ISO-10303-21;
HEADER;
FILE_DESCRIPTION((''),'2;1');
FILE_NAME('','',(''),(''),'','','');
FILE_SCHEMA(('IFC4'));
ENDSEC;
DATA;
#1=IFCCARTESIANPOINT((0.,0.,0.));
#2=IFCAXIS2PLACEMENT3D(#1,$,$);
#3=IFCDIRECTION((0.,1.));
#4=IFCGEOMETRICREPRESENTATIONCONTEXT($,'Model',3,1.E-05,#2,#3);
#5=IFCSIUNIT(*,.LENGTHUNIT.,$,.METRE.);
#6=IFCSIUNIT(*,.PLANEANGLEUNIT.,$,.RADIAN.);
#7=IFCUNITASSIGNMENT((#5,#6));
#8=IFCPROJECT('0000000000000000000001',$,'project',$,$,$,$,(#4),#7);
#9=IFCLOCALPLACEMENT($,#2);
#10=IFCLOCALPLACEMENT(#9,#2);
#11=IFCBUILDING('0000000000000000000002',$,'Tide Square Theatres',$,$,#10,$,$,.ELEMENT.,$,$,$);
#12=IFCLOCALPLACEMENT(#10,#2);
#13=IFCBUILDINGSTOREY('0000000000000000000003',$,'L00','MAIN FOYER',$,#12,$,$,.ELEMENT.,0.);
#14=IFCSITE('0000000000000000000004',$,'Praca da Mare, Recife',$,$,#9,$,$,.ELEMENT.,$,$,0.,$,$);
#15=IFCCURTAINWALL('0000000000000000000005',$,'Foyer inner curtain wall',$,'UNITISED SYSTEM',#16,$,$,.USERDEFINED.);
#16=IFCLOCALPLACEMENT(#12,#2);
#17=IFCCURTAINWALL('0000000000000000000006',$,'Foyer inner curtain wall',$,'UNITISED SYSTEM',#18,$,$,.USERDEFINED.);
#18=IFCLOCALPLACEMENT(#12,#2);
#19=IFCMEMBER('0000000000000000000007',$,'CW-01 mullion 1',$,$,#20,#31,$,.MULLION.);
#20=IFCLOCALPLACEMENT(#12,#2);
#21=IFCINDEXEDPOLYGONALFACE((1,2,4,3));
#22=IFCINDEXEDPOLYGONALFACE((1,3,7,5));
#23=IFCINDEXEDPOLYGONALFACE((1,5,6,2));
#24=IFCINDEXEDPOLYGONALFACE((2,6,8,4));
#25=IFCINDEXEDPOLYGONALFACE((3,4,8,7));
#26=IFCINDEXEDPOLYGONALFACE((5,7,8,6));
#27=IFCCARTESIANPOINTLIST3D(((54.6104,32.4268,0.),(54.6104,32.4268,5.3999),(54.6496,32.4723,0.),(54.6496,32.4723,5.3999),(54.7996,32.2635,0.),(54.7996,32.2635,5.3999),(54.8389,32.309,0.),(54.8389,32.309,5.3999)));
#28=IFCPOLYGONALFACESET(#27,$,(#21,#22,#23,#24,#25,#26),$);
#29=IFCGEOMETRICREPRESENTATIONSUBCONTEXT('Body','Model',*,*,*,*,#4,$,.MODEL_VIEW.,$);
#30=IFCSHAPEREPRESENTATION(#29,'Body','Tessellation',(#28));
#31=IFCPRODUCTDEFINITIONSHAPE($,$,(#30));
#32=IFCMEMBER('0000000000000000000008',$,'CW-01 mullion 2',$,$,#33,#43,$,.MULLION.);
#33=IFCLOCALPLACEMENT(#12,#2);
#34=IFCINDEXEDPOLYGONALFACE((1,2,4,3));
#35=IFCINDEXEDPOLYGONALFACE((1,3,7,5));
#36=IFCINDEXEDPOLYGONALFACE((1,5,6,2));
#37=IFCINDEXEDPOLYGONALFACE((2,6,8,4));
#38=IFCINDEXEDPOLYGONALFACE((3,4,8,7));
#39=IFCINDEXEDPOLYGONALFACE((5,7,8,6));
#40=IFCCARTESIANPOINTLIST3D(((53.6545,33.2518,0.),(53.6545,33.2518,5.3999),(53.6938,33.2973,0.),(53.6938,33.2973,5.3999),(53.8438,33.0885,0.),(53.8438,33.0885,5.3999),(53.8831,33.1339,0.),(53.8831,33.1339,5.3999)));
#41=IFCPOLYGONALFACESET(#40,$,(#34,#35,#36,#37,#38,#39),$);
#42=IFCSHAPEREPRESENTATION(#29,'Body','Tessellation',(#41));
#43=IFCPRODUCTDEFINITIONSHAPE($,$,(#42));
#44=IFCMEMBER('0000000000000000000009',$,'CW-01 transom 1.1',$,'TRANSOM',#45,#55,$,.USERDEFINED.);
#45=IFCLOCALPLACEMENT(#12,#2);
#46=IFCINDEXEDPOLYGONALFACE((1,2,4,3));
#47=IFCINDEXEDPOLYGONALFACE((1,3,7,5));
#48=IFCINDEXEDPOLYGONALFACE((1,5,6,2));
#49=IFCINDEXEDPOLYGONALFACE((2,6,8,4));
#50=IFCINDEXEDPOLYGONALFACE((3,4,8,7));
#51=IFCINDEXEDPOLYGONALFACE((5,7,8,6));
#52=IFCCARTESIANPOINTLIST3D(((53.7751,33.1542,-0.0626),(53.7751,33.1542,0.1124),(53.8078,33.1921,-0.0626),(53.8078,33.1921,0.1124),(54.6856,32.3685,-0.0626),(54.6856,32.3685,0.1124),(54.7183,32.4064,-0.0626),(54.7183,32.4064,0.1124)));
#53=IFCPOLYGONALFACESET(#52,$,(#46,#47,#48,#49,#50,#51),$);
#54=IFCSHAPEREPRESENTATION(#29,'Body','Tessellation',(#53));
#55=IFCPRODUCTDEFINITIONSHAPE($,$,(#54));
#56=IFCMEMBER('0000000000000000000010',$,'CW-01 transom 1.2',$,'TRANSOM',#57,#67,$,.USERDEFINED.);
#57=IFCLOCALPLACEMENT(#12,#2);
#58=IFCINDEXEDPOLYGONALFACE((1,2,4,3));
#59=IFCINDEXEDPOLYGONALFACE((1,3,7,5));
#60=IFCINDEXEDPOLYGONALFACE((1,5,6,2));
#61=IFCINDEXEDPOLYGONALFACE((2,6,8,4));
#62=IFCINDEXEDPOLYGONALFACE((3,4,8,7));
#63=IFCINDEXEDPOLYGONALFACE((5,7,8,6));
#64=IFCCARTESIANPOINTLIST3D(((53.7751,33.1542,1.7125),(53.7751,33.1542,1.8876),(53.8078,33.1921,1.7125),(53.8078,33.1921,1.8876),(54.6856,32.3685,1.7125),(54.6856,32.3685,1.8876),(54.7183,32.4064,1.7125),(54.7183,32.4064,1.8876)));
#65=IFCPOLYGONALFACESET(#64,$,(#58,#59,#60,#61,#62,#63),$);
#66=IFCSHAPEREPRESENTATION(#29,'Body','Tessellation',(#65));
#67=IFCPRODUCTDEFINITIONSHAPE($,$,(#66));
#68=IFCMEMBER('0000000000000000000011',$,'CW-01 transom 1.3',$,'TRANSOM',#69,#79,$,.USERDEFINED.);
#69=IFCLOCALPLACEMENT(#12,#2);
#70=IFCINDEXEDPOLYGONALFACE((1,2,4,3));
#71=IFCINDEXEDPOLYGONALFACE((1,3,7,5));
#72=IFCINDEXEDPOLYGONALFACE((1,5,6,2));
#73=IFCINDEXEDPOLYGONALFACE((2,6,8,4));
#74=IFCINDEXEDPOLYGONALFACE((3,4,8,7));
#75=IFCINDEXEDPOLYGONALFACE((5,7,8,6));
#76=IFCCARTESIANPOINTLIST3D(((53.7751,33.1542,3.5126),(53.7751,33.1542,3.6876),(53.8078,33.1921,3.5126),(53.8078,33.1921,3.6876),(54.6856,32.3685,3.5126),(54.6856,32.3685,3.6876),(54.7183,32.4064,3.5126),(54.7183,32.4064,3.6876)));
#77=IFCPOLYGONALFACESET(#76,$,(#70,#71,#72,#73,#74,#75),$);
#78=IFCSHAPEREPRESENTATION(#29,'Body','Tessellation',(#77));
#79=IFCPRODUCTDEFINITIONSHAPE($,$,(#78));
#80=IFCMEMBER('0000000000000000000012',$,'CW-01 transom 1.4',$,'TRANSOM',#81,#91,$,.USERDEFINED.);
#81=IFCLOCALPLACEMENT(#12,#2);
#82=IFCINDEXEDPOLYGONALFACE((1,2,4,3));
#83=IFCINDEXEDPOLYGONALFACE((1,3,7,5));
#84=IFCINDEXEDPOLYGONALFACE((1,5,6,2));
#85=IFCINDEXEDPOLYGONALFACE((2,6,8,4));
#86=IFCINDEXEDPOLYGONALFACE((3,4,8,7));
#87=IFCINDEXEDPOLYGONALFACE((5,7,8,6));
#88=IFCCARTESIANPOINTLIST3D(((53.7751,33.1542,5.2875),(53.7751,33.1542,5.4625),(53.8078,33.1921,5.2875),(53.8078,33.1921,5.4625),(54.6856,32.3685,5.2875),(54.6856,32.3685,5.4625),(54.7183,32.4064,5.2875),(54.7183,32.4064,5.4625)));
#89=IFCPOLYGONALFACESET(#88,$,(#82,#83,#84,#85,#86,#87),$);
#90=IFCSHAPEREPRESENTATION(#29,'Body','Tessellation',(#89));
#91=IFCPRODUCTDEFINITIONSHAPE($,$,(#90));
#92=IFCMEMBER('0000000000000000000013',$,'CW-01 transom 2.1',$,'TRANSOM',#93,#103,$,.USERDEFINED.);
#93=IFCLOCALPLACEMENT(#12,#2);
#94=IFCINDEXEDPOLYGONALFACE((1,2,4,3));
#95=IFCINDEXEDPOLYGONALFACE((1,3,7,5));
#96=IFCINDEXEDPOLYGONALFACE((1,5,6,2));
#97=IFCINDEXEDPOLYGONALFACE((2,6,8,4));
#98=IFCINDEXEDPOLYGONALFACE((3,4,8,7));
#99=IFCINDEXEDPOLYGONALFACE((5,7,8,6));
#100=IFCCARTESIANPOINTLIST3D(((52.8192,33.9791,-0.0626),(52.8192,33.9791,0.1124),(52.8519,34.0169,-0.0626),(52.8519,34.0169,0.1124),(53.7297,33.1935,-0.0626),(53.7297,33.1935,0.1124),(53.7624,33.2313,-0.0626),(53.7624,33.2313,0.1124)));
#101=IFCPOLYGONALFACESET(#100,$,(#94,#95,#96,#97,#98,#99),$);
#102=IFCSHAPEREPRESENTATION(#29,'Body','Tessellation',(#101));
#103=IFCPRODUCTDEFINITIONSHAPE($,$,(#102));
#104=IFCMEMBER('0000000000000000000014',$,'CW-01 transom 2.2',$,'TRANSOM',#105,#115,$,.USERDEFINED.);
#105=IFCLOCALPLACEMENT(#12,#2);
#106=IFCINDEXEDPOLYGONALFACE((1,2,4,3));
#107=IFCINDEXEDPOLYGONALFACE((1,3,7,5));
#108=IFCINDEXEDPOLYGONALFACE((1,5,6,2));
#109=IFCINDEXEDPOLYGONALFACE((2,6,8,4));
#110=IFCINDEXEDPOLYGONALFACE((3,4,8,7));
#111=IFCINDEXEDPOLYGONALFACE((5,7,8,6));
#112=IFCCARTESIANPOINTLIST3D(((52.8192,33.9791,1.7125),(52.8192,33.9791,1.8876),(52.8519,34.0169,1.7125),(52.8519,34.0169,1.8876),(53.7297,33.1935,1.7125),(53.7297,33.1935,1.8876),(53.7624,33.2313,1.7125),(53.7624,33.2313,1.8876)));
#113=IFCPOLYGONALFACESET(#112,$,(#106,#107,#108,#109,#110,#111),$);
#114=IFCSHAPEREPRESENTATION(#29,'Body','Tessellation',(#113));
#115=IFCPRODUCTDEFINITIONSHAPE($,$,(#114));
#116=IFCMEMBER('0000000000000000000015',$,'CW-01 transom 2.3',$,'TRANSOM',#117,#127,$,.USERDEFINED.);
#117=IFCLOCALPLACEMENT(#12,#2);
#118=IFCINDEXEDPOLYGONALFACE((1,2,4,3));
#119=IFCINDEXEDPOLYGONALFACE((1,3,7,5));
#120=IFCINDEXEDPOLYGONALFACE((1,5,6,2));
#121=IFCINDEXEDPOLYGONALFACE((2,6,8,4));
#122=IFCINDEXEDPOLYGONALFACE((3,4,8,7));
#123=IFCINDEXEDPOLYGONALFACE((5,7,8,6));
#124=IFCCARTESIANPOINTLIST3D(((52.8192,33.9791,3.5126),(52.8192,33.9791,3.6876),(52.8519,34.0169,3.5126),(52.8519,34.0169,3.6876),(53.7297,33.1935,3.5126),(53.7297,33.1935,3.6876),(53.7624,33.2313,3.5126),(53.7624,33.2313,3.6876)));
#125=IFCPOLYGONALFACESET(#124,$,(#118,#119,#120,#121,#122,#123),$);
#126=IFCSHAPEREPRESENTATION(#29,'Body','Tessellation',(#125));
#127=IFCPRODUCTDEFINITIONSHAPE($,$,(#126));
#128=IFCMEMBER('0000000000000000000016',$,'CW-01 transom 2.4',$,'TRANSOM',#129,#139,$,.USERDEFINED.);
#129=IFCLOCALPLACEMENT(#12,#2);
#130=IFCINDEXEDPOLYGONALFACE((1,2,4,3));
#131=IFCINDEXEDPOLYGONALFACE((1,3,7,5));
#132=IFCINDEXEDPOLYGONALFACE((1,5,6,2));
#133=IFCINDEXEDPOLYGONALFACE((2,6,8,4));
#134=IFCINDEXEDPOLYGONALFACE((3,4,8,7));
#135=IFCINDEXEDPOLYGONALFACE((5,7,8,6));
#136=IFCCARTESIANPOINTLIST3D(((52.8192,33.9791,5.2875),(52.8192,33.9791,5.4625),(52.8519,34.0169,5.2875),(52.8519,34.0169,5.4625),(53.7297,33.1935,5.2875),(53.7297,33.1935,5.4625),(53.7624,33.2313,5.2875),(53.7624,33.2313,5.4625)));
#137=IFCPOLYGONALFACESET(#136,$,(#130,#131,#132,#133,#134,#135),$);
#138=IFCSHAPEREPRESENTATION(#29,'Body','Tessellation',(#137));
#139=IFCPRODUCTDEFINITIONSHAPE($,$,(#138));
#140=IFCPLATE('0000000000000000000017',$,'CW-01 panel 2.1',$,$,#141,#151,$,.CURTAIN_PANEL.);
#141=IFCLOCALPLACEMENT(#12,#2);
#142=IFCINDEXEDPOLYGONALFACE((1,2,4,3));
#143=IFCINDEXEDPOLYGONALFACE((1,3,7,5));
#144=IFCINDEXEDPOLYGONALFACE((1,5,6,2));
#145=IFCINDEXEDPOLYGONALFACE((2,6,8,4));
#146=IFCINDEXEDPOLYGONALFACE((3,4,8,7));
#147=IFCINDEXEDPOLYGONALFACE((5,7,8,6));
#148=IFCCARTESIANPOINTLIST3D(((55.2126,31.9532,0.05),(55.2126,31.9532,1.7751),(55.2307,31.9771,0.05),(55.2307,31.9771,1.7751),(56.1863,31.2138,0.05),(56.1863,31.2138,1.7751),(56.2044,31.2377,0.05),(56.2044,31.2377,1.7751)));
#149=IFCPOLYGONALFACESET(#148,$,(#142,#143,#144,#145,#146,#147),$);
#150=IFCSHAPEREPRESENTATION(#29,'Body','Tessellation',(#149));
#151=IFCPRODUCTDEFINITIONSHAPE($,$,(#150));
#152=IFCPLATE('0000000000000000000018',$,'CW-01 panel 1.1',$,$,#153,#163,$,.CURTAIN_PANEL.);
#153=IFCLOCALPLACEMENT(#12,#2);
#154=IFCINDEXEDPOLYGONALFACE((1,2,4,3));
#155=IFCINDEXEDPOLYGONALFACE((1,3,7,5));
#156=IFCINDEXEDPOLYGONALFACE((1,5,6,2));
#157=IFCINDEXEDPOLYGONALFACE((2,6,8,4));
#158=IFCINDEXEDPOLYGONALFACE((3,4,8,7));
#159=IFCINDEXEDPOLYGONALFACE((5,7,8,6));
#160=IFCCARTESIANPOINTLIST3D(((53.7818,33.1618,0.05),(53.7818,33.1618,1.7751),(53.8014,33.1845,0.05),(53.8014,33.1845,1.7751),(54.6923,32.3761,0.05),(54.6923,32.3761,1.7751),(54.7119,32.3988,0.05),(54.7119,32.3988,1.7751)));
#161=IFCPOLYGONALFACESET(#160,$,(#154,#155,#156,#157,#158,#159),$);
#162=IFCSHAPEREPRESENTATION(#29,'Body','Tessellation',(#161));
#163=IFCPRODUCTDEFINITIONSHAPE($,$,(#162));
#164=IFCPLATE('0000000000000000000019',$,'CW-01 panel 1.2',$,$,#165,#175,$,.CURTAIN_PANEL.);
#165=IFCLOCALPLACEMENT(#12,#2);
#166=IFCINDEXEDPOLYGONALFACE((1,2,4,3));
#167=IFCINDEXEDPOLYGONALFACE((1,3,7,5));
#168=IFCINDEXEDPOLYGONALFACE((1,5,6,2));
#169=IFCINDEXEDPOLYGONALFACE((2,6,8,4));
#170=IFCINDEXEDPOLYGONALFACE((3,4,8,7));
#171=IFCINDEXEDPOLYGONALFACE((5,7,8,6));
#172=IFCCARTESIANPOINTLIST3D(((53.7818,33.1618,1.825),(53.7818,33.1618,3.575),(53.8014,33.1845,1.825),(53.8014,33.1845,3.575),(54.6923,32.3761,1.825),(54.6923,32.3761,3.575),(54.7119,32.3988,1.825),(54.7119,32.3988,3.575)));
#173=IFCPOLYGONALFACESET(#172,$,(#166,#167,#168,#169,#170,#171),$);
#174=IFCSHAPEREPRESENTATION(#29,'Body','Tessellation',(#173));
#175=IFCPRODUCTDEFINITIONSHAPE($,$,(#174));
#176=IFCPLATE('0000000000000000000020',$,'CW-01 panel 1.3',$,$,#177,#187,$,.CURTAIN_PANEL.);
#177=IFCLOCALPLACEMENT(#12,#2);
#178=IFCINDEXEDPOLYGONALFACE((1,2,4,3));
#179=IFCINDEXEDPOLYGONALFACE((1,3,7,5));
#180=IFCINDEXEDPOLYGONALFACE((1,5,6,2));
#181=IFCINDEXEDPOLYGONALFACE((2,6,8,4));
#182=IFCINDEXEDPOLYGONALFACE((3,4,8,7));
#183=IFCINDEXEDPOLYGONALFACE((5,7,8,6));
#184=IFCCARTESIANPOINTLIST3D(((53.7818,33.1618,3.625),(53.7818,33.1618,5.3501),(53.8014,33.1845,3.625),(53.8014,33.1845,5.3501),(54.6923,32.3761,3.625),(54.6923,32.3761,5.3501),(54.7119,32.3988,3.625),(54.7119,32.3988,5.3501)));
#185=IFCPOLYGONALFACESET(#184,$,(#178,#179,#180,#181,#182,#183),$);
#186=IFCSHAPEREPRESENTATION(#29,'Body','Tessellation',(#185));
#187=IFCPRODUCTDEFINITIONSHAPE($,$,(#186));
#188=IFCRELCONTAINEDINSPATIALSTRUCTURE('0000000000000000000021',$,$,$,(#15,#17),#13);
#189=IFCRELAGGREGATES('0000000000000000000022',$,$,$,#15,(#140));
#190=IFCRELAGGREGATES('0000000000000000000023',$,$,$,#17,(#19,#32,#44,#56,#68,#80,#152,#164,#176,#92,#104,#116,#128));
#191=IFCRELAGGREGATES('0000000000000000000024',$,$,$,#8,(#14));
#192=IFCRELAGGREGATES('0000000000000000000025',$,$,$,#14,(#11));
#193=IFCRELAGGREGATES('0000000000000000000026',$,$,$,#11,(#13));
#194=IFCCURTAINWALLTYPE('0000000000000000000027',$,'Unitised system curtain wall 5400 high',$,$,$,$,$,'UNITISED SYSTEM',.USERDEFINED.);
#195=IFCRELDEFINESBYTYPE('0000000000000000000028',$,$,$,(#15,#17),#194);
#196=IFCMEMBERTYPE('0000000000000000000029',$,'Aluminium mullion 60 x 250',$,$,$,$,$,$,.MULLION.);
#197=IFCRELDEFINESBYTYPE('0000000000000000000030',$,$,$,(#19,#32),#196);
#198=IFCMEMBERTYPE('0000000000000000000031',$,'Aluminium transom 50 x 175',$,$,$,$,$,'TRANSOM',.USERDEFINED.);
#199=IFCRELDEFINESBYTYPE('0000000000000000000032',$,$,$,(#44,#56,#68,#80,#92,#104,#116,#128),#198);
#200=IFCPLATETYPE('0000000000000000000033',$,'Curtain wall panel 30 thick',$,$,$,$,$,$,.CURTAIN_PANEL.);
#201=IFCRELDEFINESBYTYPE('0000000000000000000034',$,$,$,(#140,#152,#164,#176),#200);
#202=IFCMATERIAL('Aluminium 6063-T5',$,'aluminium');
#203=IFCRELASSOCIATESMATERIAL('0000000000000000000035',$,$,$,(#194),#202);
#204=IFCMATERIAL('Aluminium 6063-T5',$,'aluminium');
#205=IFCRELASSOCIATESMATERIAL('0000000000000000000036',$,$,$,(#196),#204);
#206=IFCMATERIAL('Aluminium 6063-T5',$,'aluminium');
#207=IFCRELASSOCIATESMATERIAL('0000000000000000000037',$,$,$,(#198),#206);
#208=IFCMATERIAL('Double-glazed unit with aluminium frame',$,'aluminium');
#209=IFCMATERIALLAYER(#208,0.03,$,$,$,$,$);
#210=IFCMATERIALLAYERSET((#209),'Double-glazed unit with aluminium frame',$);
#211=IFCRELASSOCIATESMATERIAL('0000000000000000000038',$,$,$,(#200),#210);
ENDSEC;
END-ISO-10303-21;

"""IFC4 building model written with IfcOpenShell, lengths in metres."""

from ifc_helpers import new_model, si_unit, direction, frame, origin, origin_2d, place, context, subcontext, project, spatial, rectangle, extrude, material, layer, layer_set, material_profile, profile_set, type_object, element, aggregate, save


model = new_model("IFC4")

# Units and contexts
model_context = context("Model", 3, precision=1e-05, world=origin(), true_north=direction((0.0, 1.0)))
body_context = subcontext(model_context, "Body", "Model", "MODEL_VIEW")
ifc_project = project(units=[si_unit("LENGTHUNIT", "METRE"), si_unit("PLANEANGLEUNIT", "RADIAN")], contexts=[model_context])

# Site, building, storey
site_placement = place(None, origin())
site = spatial("IfcSite", under=ifc_project, at=site_placement, Name="Praca da Mare, Recife", CompositionType="ELEMENT", RefElevation=0.0)
building_placement = place(site_placement, origin())
building = spatial("IfcBuilding", under=site, at=building_placement, Name="Tide Square Theatres", CompositionType="ELEMENT")
storey_placement = place(building_placement, origin())
storey = spatial("IfcBuildingStorey", under=building, at=storey_placement, Name="L00", Description="MAIN FOYER", CompositionType="ELEMENT", Elevation=0.0)

# Curtain wall
ifc_material_1 = material(Name="Aluminium 6063-T5", Category="aluminium")
curtain_wall_type = type_object("IfcCurtainWallType", Name="Unitised system curtain wall 5400 high", ElementType="UNITISED SYSTEM", PredefinedType="USERDEFINED", material=ifc_material_1)
curtain_wall_1_placement = place(storey_placement, origin())
curtain_wall_1 = element("IfcCurtainWall", 1, at=curtain_wall_1_placement, inside=storey, type_object=curtain_wall_type, Name="Foyer inner curtain wall", ObjectType="UNITISED SYSTEM", PredefinedType="USERDEFINED")
ifc_material_2 = material(Name="Aluminium 6063-T5", Category="aluminium")
ifc_material_profile_1 = material_profile(ifc_material_2, rectangle(XDim=0.0601, YDim=0.25, at=origin_2d()))
ifc_profile_set_1 = profile_set([ifc_material_profile_1], Name="Aluminium 6063-T5")
member_type_1 = type_object("IfcMemberType", Name="Aluminium mullion 60 x 250", PredefinedType="MULLION", material=ifc_profile_set_1)

# Curtain wall, members
curtain_wall_2_placement = place(storey_placement, origin())
curtain_wall_2 = element("IfcCurtainWall", 2, at=curtain_wall_2_placement, inside=storey, type_object=curtain_wall_type, Name="Foyer inner curtain wall", ObjectType="UNITISED SYSTEM", PredefinedType="USERDEFINED")
member_1_placement = place(storey_placement, frame((54.7246, 32.3679, 0.0), z_axis=(0.0, 0.0, 1.0), x_axis=(-0.653311, -0.75709, 0.0)))
member_1 = element("IfcMember", 3, at=member_1_placement, type_object=member_type_1, Name="CW-01 mullion 1", PredefinedType="MULLION", context=body_context, shape_type="SweptSolid", body=[
    extrude(rectangle(XDim=0.0601, YDim=0.25, at=origin_2d()), origin(), (0.0, 0.0, 1.0), 5.3999),
])
member_2_placement = place(storey_placement, frame((53.7688, 33.1929, 0.0), z_axis=(0.0, 0.0, 1.0), x_axis=(-0.653311, -0.75709, 0.0)))
member_2 = element("IfcMember", 4, at=member_2_placement, type_object=member_type_1, Name="CW-01 mullion 2", PredefinedType="MULLION", context=body_context, shape_type="SweptSolid", body=[
    extrude(rectangle(XDim=0.0601, YDim=0.25, at=origin_2d()), origin(), (0.0, 0.0, 1.0), 5.3999),
])
ifc_material_3 = material(Name="Aluminium 6063-T5", Category="aluminium")
ifc_material_profile_2 = material_profile(ifc_material_3, rectangle(XDim=0.05, YDim=0.175, at=origin_2d()))
ifc_profile_set_2 = profile_set([ifc_material_profile_2], Name="Aluminium 6063-T5")
member_type_2 = type_object("IfcMemberType", Name="Aluminium transom 50 x 175", ElementType="TRANSOM", PredefinedType="USERDEFINED", material=ifc_profile_set_2)
member_3_placement = place(storey_placement, frame((54.7019, 32.3875, 0.0249), z_axis=(-0.757074, 0.653329, 0.0), x_axis=(-0.653329, -0.757074, 0.0)))
member_3 = element("IfcMember", 5, at=member_3_placement, type_object=member_type_2, Name="CW-01 transom 1.1", ObjectType="TRANSOM", PredefinedType="USERDEFINED", context=body_context, shape_type="SweptSolid", body=[
    extrude(rectangle(XDim=0.05, YDim=0.175, at=origin_2d()), origin(), (0.0, 0.0, 1.0), 1.2026),
])
member_4_placement = place(storey_placement, frame((54.7019, 32.3875, 1.8), z_axis=(-0.757074, 0.653329, 0.0), x_axis=(-0.653329, -0.757074, 0.0)))
member_4 = element("IfcMember", 6, at=member_4_placement, type_object=member_type_2, Name="CW-01 transom 1.2", ObjectType="TRANSOM", PredefinedType="USERDEFINED", context=body_context, shape_type="SweptSolid", body=[
    extrude(rectangle(XDim=0.05, YDim=0.175, at=origin_2d()), origin(), (0.0, 0.0, 1.0), 1.2026),
])
member_5_placement = place(storey_placement, frame((54.7019, 32.3875, 3.6001), z_axis=(-0.757074, 0.653329, 0.0), x_axis=(-0.653329, -0.757074, 0.0)))
member_5 = element("IfcMember", 7, at=member_5_placement, type_object=member_type_2, Name="CW-01 transom 1.3", ObjectType="TRANSOM", PredefinedType="USERDEFINED", context=body_context, shape_type="SweptSolid", body=[
    extrude(rectangle(XDim=0.05, YDim=0.175, at=origin_2d()), origin(), (0.0, 0.0, 1.0), 1.2026),
])
member_6_placement = place(storey_placement, frame((54.7019, 32.3875, 5.375), z_axis=(-0.757074, 0.653329, 0.0), x_axis=(-0.653329, -0.757074, 0.0)))
member_6 = element("IfcMember", 8, at=member_6_placement, type_object=member_type_2, Name="CW-01 transom 1.4", ObjectType="TRANSOM", PredefinedType="USERDEFINED", context=body_context, shape_type="SweptSolid", body=[
    extrude(rectangle(XDim=0.05, YDim=0.175, at=origin_2d()), origin(), (0.0, 0.0, 1.0), 1.2026),
])
member_7_placement = place(storey_placement, frame((53.7461, 33.2124, 0.0249), z_axis=(-0.757161, 0.653229, 0.0), x_axis=(-0.653229, -0.757161, 0.0)))
member_7 = element("IfcMember", 9, at=member_7_placement, type_object=member_type_2, Name="CW-01 transom 2.1", ObjectType="TRANSOM", PredefinedType="USERDEFINED", context=body_context, shape_type="SweptSolid", body=[
    extrude(rectangle(XDim=0.05, YDim=0.175, at=origin_2d()), origin(), (0.0, 0.0, 1.0), 1.2026),
])
member_8_placement = place(storey_placement, frame((53.7461, 33.2124, 1.8), z_axis=(-0.757161, 0.653229, 0.0), x_axis=(-0.653229, -0.757161, 0.0)))
member_8 = element("IfcMember", 10, at=member_8_placement, type_object=member_type_2, Name="CW-01 transom 2.2", ObjectType="TRANSOM", PredefinedType="USERDEFINED", context=body_context, shape_type="SweptSolid", body=[
    extrude(rectangle(XDim=0.05, YDim=0.175, at=origin_2d()), origin(), (0.0, 0.0, 1.0), 1.2026),
])
member_9_placement = place(storey_placement, frame((53.7461, 33.2124, 3.6001), z_axis=(-0.757161, 0.653229, 0.0), x_axis=(-0.653229, -0.757161, 0.0)))
member_9 = element("IfcMember", 11, at=member_9_placement, type_object=member_type_2, Name="CW-01 transom 2.3", ObjectType="TRANSOM", PredefinedType="USERDEFINED", context=body_context, shape_type="SweptSolid", body=[
    extrude(rectangle(XDim=0.05, YDim=0.175, at=origin_2d()), origin(), (0.0, 0.0, 1.0), 1.2026),
])
member_10_placement = place(storey_placement, frame((53.7461, 33.2124, 5.375), z_axis=(-0.757161, 0.653229, 0.0), x_axis=(-0.653229, -0.757161, 0.0)))
member_10 = element("IfcMember", 12, at=member_10_placement, type_object=member_type_2, Name="CW-01 transom 2.4", ObjectType="TRANSOM", PredefinedType="USERDEFINED", context=body_context, shape_type="SweptSolid", body=[
    extrude(rectangle(XDim=0.05, YDim=0.175, at=origin_2d()), origin(), (0.0, 0.0, 1.0), 1.2026),
])

# Plates
ifc_material_4 = material(Name="Double-glazed unit with aluminium frame", Category="aluminium")
ifc_layer_1 = layer(ifc_material_4, 0.03)
ifc_layer_set_1 = layer_set([ifc_layer_1], Name="Double-glazed unit with aluminium frame")
plate_type = type_object("IfcPlateType", Name="Curtain wall panel 30 thick", PredefinedType="CURTAIN_PANEL", material=ifc_layer_set_1)
plate_1_placement = place(storey_placement, frame((55.7085, 31.5955, 0.05), z_axis=(0.0, 0.0, 1.0), x_axis=(-0.796388, 0.604786, 0.0)))
plate_1 = element("IfcPlate", 13, at=plate_1_placement, type_object=plate_type, Name="CW-01 panel 2.1", PredefinedType="CURTAIN_PANEL", context=body_context, shape_type="SweptSolid", body=[
    extrude(rectangle(XDim=1.2227, YDim=0.03, at=origin_2d()), origin(), (0.0, 0.0, 1.0), 1.7251),
])
aggregate(curtain_wall_1, [plate_1])
plate_2_placement = place(storey_placement, frame((54.2468, 32.7803, 0.05), z_axis=(0.0, 0.0, 1.0), x_axis=(-0.75709, 0.653311, 0.0)))
plate_2 = element("IfcPlate", 14, at=plate_2_placement, type_object=plate_type, Name="CW-01 panel 1.1", PredefinedType="CURTAIN_PANEL", context=body_context, shape_type="SweptSolid", body=[
    extrude(rectangle(XDim=1.2026, YDim=0.03, at=origin_2d()), origin(), (0.0, 0.0, 1.0), 1.7251),
])
plate_3_placement = place(storey_placement, frame((54.2468, 32.7803, 1.825), z_axis=(0.0, 0.0, 1.0), x_axis=(-0.75709, 0.653311, 0.0)))
plate_3 = element("IfcPlate", 15, at=plate_3_placement, type_object=plate_type, Name="CW-01 panel 1.2", PredefinedType="CURTAIN_PANEL", context=body_context, shape_type="SweptSolid", body=[
    extrude(rectangle(XDim=1.2026, YDim=0.03, at=origin_2d()), origin(), (0.0, 0.0, 1.0), 1.75),
])
plate_4_placement = place(storey_placement, frame((54.2468, 32.7803, 3.625), z_axis=(0.0, 0.0, 1.0), x_axis=(-0.75709, 0.653311, 0.0)))
plate_4 = element("IfcPlate", 16, at=plate_4_placement, type_object=plate_type, Name="CW-01 panel 1.3", PredefinedType="CURTAIN_PANEL", context=body_context, shape_type="SweptSolid", body=[
    extrude(rectangle(XDim=1.2026, YDim=0.03, at=origin_2d()), origin(), (0.0, 0.0, 1.0), 1.7251),
])
aggregate(curtain_wall_2, [member_1, member_2, member_3, member_4, member_5, member_6, plate_2, plate_3, plate_4, member_7, member_8, member_9, member_10])

save(model, "model.ifc")
